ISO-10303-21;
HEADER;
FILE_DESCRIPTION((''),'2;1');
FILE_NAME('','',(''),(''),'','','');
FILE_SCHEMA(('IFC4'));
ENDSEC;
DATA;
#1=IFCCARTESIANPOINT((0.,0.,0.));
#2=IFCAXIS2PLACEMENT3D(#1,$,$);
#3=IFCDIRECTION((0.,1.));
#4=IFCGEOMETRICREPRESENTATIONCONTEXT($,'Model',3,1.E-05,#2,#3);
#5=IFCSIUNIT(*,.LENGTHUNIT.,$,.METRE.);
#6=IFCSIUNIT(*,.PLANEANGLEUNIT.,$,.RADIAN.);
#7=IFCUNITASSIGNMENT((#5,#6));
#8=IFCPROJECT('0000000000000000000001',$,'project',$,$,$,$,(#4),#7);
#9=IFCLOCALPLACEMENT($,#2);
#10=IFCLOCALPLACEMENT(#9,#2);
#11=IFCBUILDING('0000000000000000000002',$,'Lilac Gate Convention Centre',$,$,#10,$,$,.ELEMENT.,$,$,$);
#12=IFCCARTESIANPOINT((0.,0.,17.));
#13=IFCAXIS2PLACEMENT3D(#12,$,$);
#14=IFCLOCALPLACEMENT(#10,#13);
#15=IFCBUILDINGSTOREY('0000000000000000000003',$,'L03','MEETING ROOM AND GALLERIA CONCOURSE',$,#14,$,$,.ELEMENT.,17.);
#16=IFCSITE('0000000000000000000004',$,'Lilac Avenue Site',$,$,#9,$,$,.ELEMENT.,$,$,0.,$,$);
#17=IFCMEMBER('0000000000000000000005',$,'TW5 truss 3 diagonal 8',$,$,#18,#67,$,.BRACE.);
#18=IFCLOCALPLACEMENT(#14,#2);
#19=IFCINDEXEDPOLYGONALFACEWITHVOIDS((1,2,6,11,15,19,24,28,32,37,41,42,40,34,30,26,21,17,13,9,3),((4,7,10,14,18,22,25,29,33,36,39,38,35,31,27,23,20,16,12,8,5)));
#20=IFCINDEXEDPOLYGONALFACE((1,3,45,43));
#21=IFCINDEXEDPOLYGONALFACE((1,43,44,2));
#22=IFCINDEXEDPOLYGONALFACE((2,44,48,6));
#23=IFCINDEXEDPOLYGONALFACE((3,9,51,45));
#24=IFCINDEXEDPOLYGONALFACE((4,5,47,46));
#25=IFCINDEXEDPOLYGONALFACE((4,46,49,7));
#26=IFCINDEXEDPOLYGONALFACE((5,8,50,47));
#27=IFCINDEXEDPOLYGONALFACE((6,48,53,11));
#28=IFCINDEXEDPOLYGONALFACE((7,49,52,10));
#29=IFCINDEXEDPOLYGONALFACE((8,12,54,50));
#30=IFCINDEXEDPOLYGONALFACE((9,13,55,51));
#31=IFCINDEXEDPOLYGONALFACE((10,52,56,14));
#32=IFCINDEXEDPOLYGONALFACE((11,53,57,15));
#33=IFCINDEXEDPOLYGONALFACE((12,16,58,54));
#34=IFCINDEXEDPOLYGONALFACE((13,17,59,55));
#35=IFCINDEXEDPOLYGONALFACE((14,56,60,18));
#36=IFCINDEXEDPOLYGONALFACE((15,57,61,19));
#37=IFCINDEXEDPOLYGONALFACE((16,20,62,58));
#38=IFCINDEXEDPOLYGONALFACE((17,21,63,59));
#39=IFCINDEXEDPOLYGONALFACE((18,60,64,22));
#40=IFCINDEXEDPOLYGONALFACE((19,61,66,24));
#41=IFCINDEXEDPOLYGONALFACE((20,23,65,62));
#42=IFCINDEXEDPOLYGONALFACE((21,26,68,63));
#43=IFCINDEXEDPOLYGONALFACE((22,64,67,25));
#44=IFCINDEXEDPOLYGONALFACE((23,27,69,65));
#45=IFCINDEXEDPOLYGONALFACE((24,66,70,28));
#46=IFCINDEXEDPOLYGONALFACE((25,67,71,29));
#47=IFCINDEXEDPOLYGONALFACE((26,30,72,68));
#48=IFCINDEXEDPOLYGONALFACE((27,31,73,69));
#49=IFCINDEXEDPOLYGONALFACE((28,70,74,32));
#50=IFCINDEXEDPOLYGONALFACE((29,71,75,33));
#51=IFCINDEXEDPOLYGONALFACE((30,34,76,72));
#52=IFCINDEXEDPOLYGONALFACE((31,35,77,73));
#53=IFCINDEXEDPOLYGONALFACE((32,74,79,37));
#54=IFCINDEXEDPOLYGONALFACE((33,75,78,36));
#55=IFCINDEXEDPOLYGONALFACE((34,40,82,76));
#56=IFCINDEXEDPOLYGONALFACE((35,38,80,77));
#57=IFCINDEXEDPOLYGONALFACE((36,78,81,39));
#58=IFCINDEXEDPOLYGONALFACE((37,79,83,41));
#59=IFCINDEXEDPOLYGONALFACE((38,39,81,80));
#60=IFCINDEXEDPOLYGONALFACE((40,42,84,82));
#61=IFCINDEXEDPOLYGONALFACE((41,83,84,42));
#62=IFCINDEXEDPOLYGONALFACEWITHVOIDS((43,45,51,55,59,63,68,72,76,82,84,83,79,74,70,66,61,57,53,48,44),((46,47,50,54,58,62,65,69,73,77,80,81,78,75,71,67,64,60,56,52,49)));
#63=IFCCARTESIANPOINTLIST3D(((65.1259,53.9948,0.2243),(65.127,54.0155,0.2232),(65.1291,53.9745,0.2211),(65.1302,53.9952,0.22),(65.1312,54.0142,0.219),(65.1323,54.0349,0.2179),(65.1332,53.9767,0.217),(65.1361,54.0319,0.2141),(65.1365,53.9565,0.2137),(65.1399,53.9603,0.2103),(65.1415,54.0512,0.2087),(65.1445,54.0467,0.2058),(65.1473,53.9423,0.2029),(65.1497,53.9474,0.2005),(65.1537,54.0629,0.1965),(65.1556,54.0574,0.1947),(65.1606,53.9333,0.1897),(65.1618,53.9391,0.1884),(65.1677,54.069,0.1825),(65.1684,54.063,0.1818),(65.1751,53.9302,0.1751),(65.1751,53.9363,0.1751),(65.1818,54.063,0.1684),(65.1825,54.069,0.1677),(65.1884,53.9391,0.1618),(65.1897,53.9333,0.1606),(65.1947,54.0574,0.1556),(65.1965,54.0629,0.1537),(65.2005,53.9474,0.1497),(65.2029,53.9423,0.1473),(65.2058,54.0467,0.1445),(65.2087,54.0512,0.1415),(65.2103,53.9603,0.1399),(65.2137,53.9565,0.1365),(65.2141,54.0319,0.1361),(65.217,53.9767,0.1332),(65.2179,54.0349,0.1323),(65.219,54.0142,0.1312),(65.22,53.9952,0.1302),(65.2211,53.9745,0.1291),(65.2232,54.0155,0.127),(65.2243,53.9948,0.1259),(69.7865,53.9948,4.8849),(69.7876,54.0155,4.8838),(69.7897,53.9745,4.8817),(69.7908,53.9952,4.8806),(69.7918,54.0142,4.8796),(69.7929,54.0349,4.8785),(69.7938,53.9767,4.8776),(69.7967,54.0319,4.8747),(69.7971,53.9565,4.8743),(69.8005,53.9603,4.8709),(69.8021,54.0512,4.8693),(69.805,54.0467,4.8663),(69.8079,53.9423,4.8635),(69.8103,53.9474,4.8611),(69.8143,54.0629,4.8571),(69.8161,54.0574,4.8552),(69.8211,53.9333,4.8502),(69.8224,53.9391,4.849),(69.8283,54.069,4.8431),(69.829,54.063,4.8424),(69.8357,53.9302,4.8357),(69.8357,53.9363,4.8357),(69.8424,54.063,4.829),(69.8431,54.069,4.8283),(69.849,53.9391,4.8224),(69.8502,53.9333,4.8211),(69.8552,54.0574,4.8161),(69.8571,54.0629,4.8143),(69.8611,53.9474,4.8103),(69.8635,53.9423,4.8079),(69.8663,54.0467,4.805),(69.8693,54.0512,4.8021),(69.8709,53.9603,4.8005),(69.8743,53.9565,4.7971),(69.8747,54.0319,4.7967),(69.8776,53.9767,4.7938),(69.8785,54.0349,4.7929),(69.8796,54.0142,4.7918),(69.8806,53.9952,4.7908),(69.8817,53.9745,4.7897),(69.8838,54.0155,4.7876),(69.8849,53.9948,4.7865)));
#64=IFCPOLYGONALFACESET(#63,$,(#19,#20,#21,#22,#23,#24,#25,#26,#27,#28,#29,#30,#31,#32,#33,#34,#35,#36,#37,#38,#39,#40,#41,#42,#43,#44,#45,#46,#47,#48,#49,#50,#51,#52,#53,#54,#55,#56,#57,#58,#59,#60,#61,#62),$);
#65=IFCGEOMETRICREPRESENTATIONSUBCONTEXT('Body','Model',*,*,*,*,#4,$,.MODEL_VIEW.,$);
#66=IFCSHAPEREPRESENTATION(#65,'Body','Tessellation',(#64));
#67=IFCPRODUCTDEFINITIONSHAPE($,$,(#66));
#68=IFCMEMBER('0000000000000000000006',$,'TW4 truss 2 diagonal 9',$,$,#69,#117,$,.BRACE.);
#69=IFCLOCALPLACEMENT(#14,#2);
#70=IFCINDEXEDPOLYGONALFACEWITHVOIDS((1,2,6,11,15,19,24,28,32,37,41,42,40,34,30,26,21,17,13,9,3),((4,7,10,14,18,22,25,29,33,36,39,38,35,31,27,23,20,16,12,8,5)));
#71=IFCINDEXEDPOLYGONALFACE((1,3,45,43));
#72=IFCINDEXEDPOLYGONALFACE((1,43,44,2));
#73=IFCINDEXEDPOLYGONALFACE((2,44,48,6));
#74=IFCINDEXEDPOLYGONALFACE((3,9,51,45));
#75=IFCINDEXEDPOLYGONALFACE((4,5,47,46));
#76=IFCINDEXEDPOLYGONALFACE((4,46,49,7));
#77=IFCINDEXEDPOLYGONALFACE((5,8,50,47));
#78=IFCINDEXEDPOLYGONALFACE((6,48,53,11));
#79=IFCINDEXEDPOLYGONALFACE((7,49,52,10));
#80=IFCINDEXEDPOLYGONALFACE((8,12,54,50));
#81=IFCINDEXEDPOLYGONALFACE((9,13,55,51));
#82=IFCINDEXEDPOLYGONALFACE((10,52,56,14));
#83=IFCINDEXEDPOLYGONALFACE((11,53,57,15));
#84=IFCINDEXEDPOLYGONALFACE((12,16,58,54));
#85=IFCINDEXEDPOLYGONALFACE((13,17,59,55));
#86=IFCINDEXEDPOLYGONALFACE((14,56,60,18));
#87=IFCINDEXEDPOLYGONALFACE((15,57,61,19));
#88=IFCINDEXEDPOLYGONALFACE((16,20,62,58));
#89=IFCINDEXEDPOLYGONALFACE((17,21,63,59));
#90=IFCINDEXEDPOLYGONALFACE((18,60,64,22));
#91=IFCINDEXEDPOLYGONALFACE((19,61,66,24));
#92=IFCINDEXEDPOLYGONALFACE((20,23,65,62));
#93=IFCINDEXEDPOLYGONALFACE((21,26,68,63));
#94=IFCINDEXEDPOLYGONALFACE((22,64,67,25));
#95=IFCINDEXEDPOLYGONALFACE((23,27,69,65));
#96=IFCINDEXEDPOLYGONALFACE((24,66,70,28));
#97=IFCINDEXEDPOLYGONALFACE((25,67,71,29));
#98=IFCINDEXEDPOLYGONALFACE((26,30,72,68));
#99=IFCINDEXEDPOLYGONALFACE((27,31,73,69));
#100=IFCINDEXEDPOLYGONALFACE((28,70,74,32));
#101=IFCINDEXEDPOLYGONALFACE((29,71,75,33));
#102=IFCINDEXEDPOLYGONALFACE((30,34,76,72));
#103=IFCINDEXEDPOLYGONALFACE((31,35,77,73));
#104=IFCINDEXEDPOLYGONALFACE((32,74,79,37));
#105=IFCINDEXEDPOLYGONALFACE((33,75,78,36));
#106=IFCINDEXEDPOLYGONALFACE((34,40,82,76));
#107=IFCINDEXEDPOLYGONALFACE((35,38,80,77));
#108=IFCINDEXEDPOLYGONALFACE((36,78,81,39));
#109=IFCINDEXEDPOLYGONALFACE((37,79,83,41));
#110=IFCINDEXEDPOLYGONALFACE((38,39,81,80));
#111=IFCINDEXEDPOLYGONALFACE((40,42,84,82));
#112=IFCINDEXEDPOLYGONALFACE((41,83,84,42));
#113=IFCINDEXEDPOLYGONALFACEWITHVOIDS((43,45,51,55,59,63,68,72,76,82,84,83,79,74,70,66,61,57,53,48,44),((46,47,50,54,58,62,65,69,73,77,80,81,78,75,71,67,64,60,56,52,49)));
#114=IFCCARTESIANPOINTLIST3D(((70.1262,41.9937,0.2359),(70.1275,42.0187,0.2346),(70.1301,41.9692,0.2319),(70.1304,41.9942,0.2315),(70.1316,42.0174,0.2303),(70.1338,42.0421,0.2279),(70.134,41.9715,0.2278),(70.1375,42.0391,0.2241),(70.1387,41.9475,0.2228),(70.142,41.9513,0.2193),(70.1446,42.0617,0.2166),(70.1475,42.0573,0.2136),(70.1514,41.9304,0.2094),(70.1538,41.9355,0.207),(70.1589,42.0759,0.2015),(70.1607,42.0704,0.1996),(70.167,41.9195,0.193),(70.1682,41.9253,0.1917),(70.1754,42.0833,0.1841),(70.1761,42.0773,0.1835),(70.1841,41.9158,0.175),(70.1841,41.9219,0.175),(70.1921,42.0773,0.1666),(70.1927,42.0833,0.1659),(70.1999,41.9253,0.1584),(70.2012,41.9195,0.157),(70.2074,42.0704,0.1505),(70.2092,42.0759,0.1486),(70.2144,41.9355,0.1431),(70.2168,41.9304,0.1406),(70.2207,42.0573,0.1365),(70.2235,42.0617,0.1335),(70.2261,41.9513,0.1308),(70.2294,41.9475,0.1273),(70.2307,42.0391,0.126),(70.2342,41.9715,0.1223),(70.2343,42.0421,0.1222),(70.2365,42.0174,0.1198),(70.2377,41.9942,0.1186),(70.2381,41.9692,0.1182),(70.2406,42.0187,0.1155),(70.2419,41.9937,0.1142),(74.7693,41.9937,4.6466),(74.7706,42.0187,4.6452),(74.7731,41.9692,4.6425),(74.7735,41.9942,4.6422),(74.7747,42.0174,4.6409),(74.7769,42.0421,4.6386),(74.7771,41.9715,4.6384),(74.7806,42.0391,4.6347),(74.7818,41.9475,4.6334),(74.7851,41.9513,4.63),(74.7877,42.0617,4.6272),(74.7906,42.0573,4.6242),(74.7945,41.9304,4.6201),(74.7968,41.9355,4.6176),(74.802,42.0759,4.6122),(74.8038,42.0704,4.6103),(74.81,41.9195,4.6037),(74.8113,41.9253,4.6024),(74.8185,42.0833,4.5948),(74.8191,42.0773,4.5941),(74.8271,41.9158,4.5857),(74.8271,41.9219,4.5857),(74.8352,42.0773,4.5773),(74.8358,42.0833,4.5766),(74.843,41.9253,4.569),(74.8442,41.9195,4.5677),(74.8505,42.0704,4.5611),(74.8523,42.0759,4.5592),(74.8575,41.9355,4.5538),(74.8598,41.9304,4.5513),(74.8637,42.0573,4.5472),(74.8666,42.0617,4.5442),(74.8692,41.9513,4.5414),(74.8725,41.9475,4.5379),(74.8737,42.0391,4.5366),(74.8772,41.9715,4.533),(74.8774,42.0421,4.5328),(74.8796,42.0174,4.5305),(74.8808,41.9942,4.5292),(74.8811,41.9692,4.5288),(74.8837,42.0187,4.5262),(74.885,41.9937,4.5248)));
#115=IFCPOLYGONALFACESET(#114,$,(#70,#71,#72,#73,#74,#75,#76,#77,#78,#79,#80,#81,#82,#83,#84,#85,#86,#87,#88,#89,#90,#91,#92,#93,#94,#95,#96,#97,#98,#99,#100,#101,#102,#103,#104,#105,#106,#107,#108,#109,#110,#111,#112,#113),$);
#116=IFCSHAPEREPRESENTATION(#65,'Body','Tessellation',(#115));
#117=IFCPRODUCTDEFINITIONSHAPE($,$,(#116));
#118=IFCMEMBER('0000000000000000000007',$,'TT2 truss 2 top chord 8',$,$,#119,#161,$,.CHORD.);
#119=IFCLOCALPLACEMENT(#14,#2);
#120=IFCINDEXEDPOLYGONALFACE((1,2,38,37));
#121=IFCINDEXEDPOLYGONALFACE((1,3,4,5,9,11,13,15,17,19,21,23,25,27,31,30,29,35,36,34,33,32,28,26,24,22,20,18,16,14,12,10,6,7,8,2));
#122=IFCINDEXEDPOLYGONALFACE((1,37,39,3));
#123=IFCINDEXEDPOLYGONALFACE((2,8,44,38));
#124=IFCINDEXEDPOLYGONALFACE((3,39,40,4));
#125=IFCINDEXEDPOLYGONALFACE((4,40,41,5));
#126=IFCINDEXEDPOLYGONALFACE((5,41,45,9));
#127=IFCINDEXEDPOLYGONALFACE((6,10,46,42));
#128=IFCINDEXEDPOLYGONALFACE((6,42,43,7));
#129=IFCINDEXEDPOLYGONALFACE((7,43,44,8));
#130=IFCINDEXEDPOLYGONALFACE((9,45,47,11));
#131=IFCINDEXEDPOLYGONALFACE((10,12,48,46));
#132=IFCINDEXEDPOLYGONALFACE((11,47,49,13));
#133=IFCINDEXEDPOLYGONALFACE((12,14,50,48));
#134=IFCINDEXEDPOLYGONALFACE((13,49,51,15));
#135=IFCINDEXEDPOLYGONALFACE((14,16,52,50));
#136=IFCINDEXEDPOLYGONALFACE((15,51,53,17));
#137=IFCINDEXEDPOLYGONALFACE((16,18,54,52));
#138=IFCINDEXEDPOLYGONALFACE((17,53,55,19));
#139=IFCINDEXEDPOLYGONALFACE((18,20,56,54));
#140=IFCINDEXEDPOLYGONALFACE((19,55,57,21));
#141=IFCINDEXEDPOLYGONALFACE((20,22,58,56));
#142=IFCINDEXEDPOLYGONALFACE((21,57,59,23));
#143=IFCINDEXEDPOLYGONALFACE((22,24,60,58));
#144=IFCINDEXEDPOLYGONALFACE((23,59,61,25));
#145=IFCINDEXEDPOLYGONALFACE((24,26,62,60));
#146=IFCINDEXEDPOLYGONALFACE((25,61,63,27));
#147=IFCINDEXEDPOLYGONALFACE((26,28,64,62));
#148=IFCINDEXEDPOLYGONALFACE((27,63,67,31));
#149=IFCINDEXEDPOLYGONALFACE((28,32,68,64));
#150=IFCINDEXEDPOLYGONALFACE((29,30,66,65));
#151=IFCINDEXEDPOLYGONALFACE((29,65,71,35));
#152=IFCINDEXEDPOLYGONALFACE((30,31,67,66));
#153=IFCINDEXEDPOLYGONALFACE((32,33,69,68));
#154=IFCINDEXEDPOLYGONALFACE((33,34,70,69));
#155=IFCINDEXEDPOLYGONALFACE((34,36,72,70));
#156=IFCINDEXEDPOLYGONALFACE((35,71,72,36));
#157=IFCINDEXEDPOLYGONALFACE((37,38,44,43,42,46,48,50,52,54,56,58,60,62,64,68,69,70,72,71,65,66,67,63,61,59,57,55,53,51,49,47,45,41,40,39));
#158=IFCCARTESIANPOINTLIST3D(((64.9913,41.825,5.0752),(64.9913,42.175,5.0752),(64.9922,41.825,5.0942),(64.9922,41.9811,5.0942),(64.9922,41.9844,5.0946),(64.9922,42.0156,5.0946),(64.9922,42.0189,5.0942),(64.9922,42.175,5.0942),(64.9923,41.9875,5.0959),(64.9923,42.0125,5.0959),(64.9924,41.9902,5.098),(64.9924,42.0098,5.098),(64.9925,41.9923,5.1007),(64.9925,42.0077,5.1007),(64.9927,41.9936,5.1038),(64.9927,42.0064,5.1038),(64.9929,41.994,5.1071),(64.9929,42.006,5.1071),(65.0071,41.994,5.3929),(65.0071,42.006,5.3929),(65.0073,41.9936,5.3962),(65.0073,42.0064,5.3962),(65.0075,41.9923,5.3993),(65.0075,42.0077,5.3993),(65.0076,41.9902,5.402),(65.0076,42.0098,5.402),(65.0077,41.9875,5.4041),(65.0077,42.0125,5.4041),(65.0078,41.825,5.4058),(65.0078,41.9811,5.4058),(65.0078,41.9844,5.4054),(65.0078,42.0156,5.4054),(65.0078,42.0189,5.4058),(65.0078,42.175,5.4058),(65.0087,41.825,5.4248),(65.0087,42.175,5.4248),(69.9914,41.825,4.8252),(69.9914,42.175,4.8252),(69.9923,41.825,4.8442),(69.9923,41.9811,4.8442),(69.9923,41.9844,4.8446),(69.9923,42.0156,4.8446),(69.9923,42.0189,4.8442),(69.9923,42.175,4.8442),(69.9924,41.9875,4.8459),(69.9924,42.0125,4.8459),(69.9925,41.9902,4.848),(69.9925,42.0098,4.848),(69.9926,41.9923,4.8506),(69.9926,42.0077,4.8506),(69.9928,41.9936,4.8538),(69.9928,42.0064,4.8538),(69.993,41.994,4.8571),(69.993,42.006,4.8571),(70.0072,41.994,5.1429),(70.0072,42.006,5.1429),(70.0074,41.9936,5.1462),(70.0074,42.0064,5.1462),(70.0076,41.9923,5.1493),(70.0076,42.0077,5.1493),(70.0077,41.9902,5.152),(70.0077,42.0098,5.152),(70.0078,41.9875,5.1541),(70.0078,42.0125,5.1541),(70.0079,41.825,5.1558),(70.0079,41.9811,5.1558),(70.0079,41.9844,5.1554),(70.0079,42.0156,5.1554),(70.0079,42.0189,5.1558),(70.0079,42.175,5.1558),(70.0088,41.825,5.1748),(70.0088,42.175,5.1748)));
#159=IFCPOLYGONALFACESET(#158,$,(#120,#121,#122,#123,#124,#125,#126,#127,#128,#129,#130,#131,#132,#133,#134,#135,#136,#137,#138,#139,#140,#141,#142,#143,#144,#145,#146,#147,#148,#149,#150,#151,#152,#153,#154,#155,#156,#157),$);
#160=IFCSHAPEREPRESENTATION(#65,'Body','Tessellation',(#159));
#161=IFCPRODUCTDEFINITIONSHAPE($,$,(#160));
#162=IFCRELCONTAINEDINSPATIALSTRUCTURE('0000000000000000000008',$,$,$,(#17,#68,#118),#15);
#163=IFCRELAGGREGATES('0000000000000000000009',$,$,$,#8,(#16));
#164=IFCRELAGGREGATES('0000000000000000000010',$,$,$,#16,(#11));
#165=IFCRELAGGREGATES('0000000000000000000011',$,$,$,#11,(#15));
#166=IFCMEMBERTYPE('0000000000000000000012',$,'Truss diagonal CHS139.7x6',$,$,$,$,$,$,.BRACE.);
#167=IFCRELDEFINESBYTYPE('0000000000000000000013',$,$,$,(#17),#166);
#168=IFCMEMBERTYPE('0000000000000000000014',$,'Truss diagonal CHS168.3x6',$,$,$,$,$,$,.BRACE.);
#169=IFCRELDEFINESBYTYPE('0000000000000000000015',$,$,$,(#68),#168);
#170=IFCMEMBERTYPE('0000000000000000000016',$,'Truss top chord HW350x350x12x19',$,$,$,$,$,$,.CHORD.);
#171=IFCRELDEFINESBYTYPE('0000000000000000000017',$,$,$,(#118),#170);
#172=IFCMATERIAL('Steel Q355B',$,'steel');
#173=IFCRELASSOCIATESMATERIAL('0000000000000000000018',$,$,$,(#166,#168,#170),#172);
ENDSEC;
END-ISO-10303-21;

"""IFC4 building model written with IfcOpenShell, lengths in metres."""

from ifc_helpers import new_model, si_unit, direction, frame, origin, origin_2d, place, context, subcontext, project, spatial, hollow_circle, i_section, extrude, material, material_profile, profile_set, type_object, element, save


model = new_model("IFC4")

# Units and contexts
model_context = context("Model", 3, precision=1e-05, world=origin(), true_north=direction((0.0, 1.0)))
body_context = subcontext(model_context, "Body", "Model", "MODEL_VIEW")
ifc_project = project(units=[si_unit("LENGTHUNIT", "METRE"), si_unit("PLANEANGLEUNIT", "RADIAN")], contexts=[model_context])

# Site, building, storey
site_placement = place(None, origin())
site = spatial("IfcSite", under=ifc_project, at=site_placement, Name="Lilac Avenue Site", CompositionType="ELEMENT", RefElevation=0.0)
building_placement = place(site_placement, origin())
building = spatial("IfcBuilding", under=site, at=building_placement, Name="Lilac Gate Convention Centre", CompositionType="ELEMENT")
storey_placement = place(building_placement, frame((0.0, 0.0, 17.0)))
storey = spatial("IfcBuildingStorey", under=building, at=storey_placement, Name="L03", Description="MEETING ROOM AND GALLERIA CONCOURSE", CompositionType="ELEMENT", Elevation=17.0)

# Members
ifc_material = material(Name="Steel Q355B", Category="steel")
ifc_material_profile_1 = material_profile(ifc_material, hollow_circle(Radius=0.0698, WallThickness=0.0061, at=origin_2d()), Name="CHS139.7x6")
ifc_profile_set_1 = profile_set([ifc_material_profile_1], Name="Steel Q355B")
member_type_1 = type_object("IfcMemberType", Name="Truss diagonal CHS139.7x6", PredefinedType="BRACE", material=ifc_profile_set_1)
for number, where, z_axis, x_axis, name in (
    (1, (69.8357, 54.0, 4.8357), (-0.707107, 0.0, -0.707107), (0.0, -1.0, 0.0), "TW5 truss 3 diagonal 8"),
):
    element("IfcMember", number, at=place(storey_placement, frame(where, z_axis=z_axis, x_axis=x_axis)), inside=storey, type_object=member_type_1, Name=name, PredefinedType="BRACE", context=body_context, shape_type="SweptSolid", body=[
        extrude(hollow_circle(Radius=0.0698, WallThickness=0.0061, at=origin_2d()), origin(), (0.0, 0.0, 1.0), 6.5911),
    ])
ifc_material_profile_2 = material_profile(ifc_material, hollow_circle(Radius=0.0842, WallThickness=0.0061, at=origin_2d()), Name="CHS168.3x6")
ifc_profile_set_2 = profile_set([ifc_material_profile_2], Name="Steel Q355B")
member_type_2 = type_object("IfcMemberType", Name="Truss diagonal CHS168.3x6", PredefinedType="BRACE", material=ifc_profile_set_2)
member_1_placement = place(storey_placement, frame((74.8271, 42.0, 4.5857), z_axis=(-0.72502, 0.0, -0.688727), x_axis=(0.0, -1.0, 0.0)))
element("IfcMember", 2, at=member_1_placement, inside=storey, type_object=member_type_2, Name="TW4 truss 2 diagonal 9", PredefinedType="BRACE", context=body_context, shape_type="SweptSolid", body=[
    extrude(hollow_circle(Radius=0.0842, WallThickness=0.0061, at=origin_2d()), origin(), (0.0, 0.0, 1.0), 6.4041),
])
ifc_material_profile_3 = material_profile(ifc_material, i_section(OverallWidth=0.3501, OverallDepth=0.3501, WebThickness=0.012, FlangeThickness=0.019, FilletRadius=0.0129, at=origin_2d()), Name="HW350x350x12x19")
ifc_profile_set_3 = profile_set([ifc_material_profile_3], Name="Steel Q355B")
member_type_3 = type_object("IfcMemberType", Name="Truss top chord HW350x350x12x19", PredefinedType="CHORD", material=ifc_profile_set_3)
for number, where, z_axis, x_axis, name in (
    (3, (65.0, 42.0, 5.25), (0.998752, 0.0, -0.049938), (0.0, 1.0, 0.0), "TT2 truss 2 top chord 8"),
):
    element("IfcMember", number, at=place(storey_placement, frame(where, z_axis=z_axis, x_axis=x_axis)), inside=storey, type_object=member_type_3, Name=name, PredefinedType="CHORD", context=body_context, shape_type="SweptSolid", body=[
        extrude(i_section(OverallWidth=0.3501, OverallDepth=0.3501, WebThickness=0.012, FlangeThickness=0.019, FilletRadius=0.0129, at=origin_2d()), origin(), (0.0, 0.0, 1.0), 5.0063),
    ])

save(model, "model.ifc")
